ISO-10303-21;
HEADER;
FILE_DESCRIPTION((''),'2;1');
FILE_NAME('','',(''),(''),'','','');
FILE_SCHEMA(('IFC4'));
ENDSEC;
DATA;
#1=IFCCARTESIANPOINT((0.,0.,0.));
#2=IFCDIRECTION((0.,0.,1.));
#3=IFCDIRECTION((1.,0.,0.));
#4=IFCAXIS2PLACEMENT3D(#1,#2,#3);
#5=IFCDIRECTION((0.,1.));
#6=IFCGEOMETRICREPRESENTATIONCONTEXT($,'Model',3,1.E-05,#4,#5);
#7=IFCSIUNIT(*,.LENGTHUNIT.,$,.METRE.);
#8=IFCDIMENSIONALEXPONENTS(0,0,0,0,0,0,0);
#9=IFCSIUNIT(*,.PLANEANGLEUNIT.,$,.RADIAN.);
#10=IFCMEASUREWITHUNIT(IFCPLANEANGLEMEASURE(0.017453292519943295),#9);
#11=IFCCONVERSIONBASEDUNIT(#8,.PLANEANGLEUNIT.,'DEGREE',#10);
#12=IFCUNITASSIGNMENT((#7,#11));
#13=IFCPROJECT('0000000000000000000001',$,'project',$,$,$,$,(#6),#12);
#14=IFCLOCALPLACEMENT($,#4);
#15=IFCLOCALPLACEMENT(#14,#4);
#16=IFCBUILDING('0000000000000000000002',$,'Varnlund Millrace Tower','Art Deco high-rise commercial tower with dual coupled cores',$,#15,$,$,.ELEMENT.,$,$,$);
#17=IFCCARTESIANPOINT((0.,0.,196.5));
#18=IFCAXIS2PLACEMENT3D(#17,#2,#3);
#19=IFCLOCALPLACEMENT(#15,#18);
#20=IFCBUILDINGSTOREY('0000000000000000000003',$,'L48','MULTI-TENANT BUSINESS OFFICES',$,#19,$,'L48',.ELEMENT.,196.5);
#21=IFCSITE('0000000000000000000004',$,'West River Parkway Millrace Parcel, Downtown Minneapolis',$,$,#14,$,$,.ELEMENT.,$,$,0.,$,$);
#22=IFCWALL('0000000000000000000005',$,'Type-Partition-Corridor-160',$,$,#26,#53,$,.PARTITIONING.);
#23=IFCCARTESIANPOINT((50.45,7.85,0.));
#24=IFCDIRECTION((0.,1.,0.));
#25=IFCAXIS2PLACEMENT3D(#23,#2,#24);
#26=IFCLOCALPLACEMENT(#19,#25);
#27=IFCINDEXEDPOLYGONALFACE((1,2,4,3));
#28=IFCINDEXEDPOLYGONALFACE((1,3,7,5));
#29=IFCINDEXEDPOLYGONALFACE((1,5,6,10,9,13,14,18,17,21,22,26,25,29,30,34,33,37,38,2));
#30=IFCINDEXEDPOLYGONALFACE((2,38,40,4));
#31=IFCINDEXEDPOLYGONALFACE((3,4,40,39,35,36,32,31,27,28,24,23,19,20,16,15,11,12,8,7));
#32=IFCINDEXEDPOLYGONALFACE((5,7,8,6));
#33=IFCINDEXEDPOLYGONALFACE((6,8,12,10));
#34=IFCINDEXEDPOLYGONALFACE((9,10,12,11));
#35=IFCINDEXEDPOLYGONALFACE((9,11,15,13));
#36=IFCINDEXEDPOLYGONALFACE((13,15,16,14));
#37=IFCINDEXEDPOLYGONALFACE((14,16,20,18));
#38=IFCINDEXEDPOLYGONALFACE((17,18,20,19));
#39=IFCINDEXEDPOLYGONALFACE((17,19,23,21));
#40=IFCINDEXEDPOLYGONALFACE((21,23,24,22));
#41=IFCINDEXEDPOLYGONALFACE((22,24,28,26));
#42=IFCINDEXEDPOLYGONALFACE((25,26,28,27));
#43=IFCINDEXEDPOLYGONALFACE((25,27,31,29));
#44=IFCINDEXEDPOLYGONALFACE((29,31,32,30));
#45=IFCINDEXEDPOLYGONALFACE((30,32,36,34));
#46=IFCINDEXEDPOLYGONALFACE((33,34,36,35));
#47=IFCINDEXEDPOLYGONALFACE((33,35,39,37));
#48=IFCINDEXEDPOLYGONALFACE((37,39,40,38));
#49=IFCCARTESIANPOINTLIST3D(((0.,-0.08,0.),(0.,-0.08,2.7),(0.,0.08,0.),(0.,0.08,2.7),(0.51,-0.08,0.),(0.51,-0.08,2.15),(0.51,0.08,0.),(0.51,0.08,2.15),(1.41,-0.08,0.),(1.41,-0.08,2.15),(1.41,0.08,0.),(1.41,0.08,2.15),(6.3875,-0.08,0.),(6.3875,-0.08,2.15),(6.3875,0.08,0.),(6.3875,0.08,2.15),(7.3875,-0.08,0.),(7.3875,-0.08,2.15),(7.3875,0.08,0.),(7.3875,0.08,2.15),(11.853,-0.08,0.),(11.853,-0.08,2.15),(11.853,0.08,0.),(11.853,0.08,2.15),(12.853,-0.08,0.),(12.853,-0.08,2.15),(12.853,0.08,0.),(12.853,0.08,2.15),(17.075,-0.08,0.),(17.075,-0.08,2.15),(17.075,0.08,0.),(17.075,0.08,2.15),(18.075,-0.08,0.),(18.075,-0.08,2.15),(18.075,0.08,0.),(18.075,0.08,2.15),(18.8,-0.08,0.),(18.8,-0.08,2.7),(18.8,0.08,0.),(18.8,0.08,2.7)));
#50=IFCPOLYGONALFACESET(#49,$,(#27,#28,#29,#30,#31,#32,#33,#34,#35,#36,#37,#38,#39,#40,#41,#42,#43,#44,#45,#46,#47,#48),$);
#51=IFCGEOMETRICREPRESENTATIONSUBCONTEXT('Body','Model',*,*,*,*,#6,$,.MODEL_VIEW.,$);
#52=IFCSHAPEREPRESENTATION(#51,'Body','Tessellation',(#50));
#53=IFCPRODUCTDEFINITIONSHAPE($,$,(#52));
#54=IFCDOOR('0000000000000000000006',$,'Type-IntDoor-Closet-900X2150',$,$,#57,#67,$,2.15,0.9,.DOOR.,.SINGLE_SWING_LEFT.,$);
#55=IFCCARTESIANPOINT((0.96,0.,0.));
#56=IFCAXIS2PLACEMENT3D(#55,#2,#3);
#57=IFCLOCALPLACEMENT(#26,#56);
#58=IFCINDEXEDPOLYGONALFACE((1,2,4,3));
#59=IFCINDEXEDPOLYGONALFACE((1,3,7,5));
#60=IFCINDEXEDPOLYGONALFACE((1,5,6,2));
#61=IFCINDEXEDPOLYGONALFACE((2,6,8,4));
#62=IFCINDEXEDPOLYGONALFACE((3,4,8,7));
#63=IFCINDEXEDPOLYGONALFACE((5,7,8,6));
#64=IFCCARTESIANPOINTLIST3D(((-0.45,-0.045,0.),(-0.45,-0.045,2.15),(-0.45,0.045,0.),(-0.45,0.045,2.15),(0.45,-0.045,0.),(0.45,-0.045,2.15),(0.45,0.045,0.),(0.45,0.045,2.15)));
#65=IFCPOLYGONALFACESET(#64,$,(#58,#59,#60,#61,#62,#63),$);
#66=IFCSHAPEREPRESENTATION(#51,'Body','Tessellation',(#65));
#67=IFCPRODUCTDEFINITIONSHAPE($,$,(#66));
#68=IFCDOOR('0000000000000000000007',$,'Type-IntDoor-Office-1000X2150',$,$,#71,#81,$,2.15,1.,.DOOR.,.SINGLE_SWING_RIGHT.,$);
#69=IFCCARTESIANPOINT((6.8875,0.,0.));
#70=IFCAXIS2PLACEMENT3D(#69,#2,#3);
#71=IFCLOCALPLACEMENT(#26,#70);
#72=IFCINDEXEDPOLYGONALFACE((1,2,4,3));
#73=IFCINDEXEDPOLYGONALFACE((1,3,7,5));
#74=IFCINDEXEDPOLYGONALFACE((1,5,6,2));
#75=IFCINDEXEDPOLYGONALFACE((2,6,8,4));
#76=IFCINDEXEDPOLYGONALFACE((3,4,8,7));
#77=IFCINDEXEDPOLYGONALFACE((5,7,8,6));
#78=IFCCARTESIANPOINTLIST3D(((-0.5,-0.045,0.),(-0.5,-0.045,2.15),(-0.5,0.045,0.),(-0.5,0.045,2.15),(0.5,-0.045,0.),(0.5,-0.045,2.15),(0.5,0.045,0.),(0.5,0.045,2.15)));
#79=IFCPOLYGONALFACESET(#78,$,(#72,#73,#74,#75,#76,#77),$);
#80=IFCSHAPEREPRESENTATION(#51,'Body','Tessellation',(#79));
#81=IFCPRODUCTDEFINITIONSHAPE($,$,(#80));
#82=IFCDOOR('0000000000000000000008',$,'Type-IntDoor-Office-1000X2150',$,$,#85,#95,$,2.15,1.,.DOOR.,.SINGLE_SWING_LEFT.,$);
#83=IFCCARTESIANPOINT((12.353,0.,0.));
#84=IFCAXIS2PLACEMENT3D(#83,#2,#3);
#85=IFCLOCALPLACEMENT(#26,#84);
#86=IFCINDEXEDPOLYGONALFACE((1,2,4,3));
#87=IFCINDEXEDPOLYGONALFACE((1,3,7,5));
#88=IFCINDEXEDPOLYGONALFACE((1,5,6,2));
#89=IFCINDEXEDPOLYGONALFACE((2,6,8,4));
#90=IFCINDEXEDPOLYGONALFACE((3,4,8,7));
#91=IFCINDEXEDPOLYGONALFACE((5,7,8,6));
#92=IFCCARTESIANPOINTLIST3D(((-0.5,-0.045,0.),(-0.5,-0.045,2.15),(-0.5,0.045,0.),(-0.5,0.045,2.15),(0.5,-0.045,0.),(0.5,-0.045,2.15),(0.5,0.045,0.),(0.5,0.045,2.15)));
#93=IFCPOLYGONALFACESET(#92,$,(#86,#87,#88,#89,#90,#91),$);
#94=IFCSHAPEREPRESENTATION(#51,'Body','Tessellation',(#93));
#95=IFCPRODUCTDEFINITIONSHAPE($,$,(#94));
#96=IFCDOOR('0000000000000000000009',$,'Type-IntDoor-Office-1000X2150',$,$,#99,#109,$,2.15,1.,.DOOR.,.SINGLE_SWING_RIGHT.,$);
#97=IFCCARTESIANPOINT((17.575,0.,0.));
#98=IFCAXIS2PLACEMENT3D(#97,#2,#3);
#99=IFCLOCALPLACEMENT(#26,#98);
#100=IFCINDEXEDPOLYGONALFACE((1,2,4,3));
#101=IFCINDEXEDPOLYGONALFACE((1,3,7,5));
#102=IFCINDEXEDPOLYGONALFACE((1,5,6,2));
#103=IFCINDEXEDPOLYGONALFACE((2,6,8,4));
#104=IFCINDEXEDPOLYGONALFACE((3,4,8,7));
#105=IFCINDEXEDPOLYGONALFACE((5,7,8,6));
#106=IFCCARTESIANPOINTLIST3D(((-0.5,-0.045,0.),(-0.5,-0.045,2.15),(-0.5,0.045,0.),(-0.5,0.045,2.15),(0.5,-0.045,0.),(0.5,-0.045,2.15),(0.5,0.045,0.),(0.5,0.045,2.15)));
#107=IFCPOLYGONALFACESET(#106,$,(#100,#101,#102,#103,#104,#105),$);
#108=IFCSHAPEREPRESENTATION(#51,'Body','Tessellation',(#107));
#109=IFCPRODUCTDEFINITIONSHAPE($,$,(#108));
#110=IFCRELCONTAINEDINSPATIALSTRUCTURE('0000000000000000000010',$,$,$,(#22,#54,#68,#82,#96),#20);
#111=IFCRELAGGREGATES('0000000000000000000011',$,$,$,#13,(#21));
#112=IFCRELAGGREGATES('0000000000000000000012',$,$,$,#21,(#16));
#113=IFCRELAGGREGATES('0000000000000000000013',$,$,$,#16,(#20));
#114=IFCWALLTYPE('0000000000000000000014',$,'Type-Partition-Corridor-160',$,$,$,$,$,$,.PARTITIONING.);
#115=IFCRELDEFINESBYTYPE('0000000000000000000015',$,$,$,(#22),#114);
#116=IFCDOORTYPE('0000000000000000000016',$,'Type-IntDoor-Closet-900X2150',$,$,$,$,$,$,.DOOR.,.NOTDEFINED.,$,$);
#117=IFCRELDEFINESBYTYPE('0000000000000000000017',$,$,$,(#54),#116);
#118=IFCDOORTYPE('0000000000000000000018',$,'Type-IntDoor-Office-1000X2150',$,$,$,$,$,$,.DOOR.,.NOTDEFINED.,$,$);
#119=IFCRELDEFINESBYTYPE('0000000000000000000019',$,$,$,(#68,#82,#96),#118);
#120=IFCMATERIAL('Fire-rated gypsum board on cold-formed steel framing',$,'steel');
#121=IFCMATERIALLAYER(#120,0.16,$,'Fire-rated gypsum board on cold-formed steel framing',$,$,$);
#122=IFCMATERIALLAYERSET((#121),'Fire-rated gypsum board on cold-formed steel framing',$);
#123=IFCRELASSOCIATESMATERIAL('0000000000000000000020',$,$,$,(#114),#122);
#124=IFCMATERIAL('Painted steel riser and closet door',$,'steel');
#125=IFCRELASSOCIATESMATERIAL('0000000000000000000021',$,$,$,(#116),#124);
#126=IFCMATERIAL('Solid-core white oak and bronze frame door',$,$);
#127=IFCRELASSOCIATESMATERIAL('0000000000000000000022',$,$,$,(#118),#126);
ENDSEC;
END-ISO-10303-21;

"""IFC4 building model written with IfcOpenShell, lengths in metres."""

from ifc_helpers import new_model, entity, si_unit, converted_unit, direction, frame, origin_with_axes, origin_2d_with_axis, place, context, subcontext, project, spatial, polyline, rectangle, outline, extrude, material, layer, layer_set, type_object, element, fill, save


model = new_model("IFC4")

# Units and contexts
model_context = context("Model", 3, precision=1e-05, world=origin_with_axes(), true_north=direction((0.0, 1.0)))
body_context = subcontext(model_context, "Body", "Model", "MODEL_VIEW")
ifc_project = project(units=[si_unit("LENGTHUNIT", "METRE"), converted_unit("PLANEANGLEUNIT", "DEGREE", entity("IfcPlaneAngleMeasure", 0.017453292519943295), si_unit("PLANEANGLEUNIT", "RADIAN"), dimensions=[0, 0, 0, 0, 0, 0, 0])], contexts=[model_context])

# Site, building, storey
site_placement = place(None, origin_with_axes())
site = spatial("IfcSite", under=ifc_project, at=site_placement, Name="West River Parkway Millrace Parcel, Downtown Minneapolis", CompositionType="ELEMENT", RefElevation=0.0)
building_placement = place(site_placement, origin_with_axes())
building = spatial("IfcBuilding", under=site, at=building_placement, Name="Varnlund Millrace Tower", Description="Art Deco high-rise commercial tower with dual coupled cores", CompositionType="ELEMENT")
storey_placement = place(building_placement, frame((0.0, 0.0, 196.5), z_axis=(0.0, 0.0, 1.0), x_axis=(1.0, 0.0, 0.0)))
storey = spatial("IfcBuildingStorey", under=building, at=storey_placement, Name="L48", Description="MULTI-TENANT BUSINESS OFFICES", LongName="L48", CompositionType="ELEMENT", Elevation=196.5)

# Wall, openings, doors
ifc_material_1 = material(Name="Fire-rated gypsum board on cold-formed steel framing", Category="steel")
ifc_layer_1 = layer(ifc_material_1, 0.16, Name="Fire-rated gypsum board on cold-formed steel framing")
ifc_layer_set_1 = layer_set([ifc_layer_1], Name="Fire-rated gypsum board on cold-formed steel framing")
wall_type_1 = type_object("IfcWallType", Name="Type-Partition-Corridor-160", PredefinedType="PARTITIONING", material=ifc_layer_set_1)
wall_1_placement = place(storey_placement, frame((50.45, 7.85, 0.0), z_axis=(0.0, 0.0, 1.0), x_axis=(0.0, 1.0, 0.0)))
wall_1 = element("IfcWall", 1, at=wall_1_placement, inside=storey, type_object=wall_type_1, Name="Type-Partition-Corridor-160", PredefinedType="PARTITIONING", context=body_context, shape_type="SweptSolid", body=[
    extrude(outline(polyline([(0.0, -0.08), (18.8, -0.08), (18.8, 0.08), (0.0, 0.08), (0.0, -0.08)])), origin_with_axes(), (0.0, 0.0, 1.0), 2.7),
])
opening_1_placement = place(wall_1_placement, frame((0.96, 0.0, 0.0), z_axis=(0.0, 0.0, 1.0), x_axis=(1.0, 0.0, 0.0)))
opening_1 = element("IfcOpeningElement", 2, at=opening_1_placement, cuts=wall_1, PredefinedType="OPENING", context=body_context, shape_type="SweptSolid", body=[
    extrude(rectangle(XDim=0.9, YDim=0.18, at=origin_2d_with_axis()), origin_with_axes(), (0.0, 0.0, 1.0), 2.15),
])
opening_2_placement = place(wall_1_placement, frame((6.8875, 0.0, 0.0), z_axis=(0.0, 0.0, 1.0), x_axis=(1.0, 0.0, 0.0)))
opening_2 = element("IfcOpeningElement", 3, at=opening_2_placement, cuts=wall_1, PredefinedType="OPENING", context=body_context, shape_type="SweptSolid", body=[
    extrude(rectangle(XDim=1.0, YDim=0.18, at=origin_2d_with_axis()), origin_with_axes(), (0.0, 0.0, 1.0), 2.15),
])
opening_3_placement = place(wall_1_placement, frame((12.353, 0.0, 0.0), z_axis=(0.0, 0.0, 1.0), x_axis=(1.0, 0.0, 0.0)))
opening_3 = element("IfcOpeningElement", 4, at=opening_3_placement, cuts=wall_1, PredefinedType="OPENING", context=body_context, shape_type="SweptSolid", body=[
    extrude(rectangle(XDim=1.0, YDim=0.18, at=origin_2d_with_axis()), origin_with_axes(), (0.0, 0.0, 1.0), 2.15),
])
opening_4_placement = place(wall_1_placement, frame((17.575, 0.0, 0.0), z_axis=(0.0, 0.0, 1.0), x_axis=(1.0, 0.0, 0.0)))
opening_4 = element("IfcOpeningElement", 5, at=opening_4_placement, cuts=wall_1, PredefinedType="OPENING", context=body_context, shape_type="SweptSolid", body=[
    extrude(rectangle(XDim=1.0, YDim=0.18, at=origin_2d_with_axis()), origin_with_axes(), (0.0, 0.0, 1.0), 2.15),
])
ifc_material_2 = material(Name="Painted steel riser and closet door", Category="steel")
door_type_1 = type_object("IfcDoorType", Name="Type-IntDoor-Closet-900X2150", OperationType="NOTDEFINED", PredefinedType="DOOR", material=ifc_material_2)
door_1_placement = place(wall_1_placement, frame((0.96, 0.0, 0.0), z_axis=(0.0, 0.0, 1.0), x_axis=(1.0, 0.0, 0.0)))
door_1 = element("IfcDoor", 6, at=door_1_placement, inside=storey, type_object=door_type_1, Name="Type-IntDoor-Closet-900X2150", OperationType="SINGLE_SWING_LEFT", OverallHeight=2.15, OverallWidth=0.9, PredefinedType="DOOR", context=body_context, shape_type="SweptSolid", body=[
    extrude(rectangle(XDim=0.9, YDim=0.09, at=origin_2d_with_axis()), origin_with_axes(), (0.0, 0.0, 1.0), 2.15),
])
fill(opening_1, door_1)
ifc_material_3 = material(Name="Solid-core white oak and bronze frame door")
door_type_2 = type_object("IfcDoorType", Name="Type-IntDoor-Office-1000X2150", OperationType="NOTDEFINED", PredefinedType="DOOR", material=ifc_material_3)
door_2_placement = place(wall_1_placement, frame((6.8875, 0.0, 0.0), z_axis=(0.0, 0.0, 1.0), x_axis=(1.0, 0.0, 0.0)))
door_2 = element("IfcDoor", 7, at=door_2_placement, inside=storey, type_object=door_type_2, Name="Type-IntDoor-Office-1000X2150", OperationType="SINGLE_SWING_RIGHT", OverallHeight=2.15, OverallWidth=1.0, PredefinedType="DOOR", context=body_context, shape_type="SweptSolid", body=[
    extrude(rectangle(XDim=1.0, YDim=0.09, at=origin_2d_with_axis()), origin_with_axes(), (0.0, 0.0, 1.0), 2.15),
])
fill(opening_2, door_2)
door_3_placement = place(wall_1_placement, frame((12.353, 0.0, 0.0), z_axis=(0.0, 0.0, 1.0), x_axis=(1.0, 0.0, 0.0)))
door_3 = element("IfcDoor", 8, at=door_3_placement, inside=storey, type_object=door_type_2, Name="Type-IntDoor-Office-1000X2150", OperationType="SINGLE_SWING_LEFT", OverallHeight=2.15, OverallWidth=1.0, PredefinedType="DOOR", context=body_context, shape_type="SweptSolid", body=[
    extrude(rectangle(XDim=1.0, YDim=0.09, at=origin_2d_with_axis()), origin_with_axes(), (0.0, 0.0, 1.0), 2.15),
])
fill(opening_3, door_3)
door_4_placement = place(wall_1_placement, frame((17.575, 0.0, 0.0), z_axis=(0.0, 0.0, 1.0), x_axis=(1.0, 0.0, 0.0)))
door_4 = element("IfcDoor", 9, at=door_4_placement, inside=storey, type_object=door_type_2, Name="Type-IntDoor-Office-1000X2150", OperationType="SINGLE_SWING_RIGHT", OverallHeight=2.15, OverallWidth=1.0, PredefinedType="DOOR", context=body_context, shape_type="SweptSolid", body=[
    extrude(rectangle(XDim=1.0, YDim=0.09, at=origin_2d_with_axis()), origin_with_axes(), (0.0, 0.0, 1.0), 2.15),
])
fill(opening_4, door_4)

save(model, "model.ifc")
